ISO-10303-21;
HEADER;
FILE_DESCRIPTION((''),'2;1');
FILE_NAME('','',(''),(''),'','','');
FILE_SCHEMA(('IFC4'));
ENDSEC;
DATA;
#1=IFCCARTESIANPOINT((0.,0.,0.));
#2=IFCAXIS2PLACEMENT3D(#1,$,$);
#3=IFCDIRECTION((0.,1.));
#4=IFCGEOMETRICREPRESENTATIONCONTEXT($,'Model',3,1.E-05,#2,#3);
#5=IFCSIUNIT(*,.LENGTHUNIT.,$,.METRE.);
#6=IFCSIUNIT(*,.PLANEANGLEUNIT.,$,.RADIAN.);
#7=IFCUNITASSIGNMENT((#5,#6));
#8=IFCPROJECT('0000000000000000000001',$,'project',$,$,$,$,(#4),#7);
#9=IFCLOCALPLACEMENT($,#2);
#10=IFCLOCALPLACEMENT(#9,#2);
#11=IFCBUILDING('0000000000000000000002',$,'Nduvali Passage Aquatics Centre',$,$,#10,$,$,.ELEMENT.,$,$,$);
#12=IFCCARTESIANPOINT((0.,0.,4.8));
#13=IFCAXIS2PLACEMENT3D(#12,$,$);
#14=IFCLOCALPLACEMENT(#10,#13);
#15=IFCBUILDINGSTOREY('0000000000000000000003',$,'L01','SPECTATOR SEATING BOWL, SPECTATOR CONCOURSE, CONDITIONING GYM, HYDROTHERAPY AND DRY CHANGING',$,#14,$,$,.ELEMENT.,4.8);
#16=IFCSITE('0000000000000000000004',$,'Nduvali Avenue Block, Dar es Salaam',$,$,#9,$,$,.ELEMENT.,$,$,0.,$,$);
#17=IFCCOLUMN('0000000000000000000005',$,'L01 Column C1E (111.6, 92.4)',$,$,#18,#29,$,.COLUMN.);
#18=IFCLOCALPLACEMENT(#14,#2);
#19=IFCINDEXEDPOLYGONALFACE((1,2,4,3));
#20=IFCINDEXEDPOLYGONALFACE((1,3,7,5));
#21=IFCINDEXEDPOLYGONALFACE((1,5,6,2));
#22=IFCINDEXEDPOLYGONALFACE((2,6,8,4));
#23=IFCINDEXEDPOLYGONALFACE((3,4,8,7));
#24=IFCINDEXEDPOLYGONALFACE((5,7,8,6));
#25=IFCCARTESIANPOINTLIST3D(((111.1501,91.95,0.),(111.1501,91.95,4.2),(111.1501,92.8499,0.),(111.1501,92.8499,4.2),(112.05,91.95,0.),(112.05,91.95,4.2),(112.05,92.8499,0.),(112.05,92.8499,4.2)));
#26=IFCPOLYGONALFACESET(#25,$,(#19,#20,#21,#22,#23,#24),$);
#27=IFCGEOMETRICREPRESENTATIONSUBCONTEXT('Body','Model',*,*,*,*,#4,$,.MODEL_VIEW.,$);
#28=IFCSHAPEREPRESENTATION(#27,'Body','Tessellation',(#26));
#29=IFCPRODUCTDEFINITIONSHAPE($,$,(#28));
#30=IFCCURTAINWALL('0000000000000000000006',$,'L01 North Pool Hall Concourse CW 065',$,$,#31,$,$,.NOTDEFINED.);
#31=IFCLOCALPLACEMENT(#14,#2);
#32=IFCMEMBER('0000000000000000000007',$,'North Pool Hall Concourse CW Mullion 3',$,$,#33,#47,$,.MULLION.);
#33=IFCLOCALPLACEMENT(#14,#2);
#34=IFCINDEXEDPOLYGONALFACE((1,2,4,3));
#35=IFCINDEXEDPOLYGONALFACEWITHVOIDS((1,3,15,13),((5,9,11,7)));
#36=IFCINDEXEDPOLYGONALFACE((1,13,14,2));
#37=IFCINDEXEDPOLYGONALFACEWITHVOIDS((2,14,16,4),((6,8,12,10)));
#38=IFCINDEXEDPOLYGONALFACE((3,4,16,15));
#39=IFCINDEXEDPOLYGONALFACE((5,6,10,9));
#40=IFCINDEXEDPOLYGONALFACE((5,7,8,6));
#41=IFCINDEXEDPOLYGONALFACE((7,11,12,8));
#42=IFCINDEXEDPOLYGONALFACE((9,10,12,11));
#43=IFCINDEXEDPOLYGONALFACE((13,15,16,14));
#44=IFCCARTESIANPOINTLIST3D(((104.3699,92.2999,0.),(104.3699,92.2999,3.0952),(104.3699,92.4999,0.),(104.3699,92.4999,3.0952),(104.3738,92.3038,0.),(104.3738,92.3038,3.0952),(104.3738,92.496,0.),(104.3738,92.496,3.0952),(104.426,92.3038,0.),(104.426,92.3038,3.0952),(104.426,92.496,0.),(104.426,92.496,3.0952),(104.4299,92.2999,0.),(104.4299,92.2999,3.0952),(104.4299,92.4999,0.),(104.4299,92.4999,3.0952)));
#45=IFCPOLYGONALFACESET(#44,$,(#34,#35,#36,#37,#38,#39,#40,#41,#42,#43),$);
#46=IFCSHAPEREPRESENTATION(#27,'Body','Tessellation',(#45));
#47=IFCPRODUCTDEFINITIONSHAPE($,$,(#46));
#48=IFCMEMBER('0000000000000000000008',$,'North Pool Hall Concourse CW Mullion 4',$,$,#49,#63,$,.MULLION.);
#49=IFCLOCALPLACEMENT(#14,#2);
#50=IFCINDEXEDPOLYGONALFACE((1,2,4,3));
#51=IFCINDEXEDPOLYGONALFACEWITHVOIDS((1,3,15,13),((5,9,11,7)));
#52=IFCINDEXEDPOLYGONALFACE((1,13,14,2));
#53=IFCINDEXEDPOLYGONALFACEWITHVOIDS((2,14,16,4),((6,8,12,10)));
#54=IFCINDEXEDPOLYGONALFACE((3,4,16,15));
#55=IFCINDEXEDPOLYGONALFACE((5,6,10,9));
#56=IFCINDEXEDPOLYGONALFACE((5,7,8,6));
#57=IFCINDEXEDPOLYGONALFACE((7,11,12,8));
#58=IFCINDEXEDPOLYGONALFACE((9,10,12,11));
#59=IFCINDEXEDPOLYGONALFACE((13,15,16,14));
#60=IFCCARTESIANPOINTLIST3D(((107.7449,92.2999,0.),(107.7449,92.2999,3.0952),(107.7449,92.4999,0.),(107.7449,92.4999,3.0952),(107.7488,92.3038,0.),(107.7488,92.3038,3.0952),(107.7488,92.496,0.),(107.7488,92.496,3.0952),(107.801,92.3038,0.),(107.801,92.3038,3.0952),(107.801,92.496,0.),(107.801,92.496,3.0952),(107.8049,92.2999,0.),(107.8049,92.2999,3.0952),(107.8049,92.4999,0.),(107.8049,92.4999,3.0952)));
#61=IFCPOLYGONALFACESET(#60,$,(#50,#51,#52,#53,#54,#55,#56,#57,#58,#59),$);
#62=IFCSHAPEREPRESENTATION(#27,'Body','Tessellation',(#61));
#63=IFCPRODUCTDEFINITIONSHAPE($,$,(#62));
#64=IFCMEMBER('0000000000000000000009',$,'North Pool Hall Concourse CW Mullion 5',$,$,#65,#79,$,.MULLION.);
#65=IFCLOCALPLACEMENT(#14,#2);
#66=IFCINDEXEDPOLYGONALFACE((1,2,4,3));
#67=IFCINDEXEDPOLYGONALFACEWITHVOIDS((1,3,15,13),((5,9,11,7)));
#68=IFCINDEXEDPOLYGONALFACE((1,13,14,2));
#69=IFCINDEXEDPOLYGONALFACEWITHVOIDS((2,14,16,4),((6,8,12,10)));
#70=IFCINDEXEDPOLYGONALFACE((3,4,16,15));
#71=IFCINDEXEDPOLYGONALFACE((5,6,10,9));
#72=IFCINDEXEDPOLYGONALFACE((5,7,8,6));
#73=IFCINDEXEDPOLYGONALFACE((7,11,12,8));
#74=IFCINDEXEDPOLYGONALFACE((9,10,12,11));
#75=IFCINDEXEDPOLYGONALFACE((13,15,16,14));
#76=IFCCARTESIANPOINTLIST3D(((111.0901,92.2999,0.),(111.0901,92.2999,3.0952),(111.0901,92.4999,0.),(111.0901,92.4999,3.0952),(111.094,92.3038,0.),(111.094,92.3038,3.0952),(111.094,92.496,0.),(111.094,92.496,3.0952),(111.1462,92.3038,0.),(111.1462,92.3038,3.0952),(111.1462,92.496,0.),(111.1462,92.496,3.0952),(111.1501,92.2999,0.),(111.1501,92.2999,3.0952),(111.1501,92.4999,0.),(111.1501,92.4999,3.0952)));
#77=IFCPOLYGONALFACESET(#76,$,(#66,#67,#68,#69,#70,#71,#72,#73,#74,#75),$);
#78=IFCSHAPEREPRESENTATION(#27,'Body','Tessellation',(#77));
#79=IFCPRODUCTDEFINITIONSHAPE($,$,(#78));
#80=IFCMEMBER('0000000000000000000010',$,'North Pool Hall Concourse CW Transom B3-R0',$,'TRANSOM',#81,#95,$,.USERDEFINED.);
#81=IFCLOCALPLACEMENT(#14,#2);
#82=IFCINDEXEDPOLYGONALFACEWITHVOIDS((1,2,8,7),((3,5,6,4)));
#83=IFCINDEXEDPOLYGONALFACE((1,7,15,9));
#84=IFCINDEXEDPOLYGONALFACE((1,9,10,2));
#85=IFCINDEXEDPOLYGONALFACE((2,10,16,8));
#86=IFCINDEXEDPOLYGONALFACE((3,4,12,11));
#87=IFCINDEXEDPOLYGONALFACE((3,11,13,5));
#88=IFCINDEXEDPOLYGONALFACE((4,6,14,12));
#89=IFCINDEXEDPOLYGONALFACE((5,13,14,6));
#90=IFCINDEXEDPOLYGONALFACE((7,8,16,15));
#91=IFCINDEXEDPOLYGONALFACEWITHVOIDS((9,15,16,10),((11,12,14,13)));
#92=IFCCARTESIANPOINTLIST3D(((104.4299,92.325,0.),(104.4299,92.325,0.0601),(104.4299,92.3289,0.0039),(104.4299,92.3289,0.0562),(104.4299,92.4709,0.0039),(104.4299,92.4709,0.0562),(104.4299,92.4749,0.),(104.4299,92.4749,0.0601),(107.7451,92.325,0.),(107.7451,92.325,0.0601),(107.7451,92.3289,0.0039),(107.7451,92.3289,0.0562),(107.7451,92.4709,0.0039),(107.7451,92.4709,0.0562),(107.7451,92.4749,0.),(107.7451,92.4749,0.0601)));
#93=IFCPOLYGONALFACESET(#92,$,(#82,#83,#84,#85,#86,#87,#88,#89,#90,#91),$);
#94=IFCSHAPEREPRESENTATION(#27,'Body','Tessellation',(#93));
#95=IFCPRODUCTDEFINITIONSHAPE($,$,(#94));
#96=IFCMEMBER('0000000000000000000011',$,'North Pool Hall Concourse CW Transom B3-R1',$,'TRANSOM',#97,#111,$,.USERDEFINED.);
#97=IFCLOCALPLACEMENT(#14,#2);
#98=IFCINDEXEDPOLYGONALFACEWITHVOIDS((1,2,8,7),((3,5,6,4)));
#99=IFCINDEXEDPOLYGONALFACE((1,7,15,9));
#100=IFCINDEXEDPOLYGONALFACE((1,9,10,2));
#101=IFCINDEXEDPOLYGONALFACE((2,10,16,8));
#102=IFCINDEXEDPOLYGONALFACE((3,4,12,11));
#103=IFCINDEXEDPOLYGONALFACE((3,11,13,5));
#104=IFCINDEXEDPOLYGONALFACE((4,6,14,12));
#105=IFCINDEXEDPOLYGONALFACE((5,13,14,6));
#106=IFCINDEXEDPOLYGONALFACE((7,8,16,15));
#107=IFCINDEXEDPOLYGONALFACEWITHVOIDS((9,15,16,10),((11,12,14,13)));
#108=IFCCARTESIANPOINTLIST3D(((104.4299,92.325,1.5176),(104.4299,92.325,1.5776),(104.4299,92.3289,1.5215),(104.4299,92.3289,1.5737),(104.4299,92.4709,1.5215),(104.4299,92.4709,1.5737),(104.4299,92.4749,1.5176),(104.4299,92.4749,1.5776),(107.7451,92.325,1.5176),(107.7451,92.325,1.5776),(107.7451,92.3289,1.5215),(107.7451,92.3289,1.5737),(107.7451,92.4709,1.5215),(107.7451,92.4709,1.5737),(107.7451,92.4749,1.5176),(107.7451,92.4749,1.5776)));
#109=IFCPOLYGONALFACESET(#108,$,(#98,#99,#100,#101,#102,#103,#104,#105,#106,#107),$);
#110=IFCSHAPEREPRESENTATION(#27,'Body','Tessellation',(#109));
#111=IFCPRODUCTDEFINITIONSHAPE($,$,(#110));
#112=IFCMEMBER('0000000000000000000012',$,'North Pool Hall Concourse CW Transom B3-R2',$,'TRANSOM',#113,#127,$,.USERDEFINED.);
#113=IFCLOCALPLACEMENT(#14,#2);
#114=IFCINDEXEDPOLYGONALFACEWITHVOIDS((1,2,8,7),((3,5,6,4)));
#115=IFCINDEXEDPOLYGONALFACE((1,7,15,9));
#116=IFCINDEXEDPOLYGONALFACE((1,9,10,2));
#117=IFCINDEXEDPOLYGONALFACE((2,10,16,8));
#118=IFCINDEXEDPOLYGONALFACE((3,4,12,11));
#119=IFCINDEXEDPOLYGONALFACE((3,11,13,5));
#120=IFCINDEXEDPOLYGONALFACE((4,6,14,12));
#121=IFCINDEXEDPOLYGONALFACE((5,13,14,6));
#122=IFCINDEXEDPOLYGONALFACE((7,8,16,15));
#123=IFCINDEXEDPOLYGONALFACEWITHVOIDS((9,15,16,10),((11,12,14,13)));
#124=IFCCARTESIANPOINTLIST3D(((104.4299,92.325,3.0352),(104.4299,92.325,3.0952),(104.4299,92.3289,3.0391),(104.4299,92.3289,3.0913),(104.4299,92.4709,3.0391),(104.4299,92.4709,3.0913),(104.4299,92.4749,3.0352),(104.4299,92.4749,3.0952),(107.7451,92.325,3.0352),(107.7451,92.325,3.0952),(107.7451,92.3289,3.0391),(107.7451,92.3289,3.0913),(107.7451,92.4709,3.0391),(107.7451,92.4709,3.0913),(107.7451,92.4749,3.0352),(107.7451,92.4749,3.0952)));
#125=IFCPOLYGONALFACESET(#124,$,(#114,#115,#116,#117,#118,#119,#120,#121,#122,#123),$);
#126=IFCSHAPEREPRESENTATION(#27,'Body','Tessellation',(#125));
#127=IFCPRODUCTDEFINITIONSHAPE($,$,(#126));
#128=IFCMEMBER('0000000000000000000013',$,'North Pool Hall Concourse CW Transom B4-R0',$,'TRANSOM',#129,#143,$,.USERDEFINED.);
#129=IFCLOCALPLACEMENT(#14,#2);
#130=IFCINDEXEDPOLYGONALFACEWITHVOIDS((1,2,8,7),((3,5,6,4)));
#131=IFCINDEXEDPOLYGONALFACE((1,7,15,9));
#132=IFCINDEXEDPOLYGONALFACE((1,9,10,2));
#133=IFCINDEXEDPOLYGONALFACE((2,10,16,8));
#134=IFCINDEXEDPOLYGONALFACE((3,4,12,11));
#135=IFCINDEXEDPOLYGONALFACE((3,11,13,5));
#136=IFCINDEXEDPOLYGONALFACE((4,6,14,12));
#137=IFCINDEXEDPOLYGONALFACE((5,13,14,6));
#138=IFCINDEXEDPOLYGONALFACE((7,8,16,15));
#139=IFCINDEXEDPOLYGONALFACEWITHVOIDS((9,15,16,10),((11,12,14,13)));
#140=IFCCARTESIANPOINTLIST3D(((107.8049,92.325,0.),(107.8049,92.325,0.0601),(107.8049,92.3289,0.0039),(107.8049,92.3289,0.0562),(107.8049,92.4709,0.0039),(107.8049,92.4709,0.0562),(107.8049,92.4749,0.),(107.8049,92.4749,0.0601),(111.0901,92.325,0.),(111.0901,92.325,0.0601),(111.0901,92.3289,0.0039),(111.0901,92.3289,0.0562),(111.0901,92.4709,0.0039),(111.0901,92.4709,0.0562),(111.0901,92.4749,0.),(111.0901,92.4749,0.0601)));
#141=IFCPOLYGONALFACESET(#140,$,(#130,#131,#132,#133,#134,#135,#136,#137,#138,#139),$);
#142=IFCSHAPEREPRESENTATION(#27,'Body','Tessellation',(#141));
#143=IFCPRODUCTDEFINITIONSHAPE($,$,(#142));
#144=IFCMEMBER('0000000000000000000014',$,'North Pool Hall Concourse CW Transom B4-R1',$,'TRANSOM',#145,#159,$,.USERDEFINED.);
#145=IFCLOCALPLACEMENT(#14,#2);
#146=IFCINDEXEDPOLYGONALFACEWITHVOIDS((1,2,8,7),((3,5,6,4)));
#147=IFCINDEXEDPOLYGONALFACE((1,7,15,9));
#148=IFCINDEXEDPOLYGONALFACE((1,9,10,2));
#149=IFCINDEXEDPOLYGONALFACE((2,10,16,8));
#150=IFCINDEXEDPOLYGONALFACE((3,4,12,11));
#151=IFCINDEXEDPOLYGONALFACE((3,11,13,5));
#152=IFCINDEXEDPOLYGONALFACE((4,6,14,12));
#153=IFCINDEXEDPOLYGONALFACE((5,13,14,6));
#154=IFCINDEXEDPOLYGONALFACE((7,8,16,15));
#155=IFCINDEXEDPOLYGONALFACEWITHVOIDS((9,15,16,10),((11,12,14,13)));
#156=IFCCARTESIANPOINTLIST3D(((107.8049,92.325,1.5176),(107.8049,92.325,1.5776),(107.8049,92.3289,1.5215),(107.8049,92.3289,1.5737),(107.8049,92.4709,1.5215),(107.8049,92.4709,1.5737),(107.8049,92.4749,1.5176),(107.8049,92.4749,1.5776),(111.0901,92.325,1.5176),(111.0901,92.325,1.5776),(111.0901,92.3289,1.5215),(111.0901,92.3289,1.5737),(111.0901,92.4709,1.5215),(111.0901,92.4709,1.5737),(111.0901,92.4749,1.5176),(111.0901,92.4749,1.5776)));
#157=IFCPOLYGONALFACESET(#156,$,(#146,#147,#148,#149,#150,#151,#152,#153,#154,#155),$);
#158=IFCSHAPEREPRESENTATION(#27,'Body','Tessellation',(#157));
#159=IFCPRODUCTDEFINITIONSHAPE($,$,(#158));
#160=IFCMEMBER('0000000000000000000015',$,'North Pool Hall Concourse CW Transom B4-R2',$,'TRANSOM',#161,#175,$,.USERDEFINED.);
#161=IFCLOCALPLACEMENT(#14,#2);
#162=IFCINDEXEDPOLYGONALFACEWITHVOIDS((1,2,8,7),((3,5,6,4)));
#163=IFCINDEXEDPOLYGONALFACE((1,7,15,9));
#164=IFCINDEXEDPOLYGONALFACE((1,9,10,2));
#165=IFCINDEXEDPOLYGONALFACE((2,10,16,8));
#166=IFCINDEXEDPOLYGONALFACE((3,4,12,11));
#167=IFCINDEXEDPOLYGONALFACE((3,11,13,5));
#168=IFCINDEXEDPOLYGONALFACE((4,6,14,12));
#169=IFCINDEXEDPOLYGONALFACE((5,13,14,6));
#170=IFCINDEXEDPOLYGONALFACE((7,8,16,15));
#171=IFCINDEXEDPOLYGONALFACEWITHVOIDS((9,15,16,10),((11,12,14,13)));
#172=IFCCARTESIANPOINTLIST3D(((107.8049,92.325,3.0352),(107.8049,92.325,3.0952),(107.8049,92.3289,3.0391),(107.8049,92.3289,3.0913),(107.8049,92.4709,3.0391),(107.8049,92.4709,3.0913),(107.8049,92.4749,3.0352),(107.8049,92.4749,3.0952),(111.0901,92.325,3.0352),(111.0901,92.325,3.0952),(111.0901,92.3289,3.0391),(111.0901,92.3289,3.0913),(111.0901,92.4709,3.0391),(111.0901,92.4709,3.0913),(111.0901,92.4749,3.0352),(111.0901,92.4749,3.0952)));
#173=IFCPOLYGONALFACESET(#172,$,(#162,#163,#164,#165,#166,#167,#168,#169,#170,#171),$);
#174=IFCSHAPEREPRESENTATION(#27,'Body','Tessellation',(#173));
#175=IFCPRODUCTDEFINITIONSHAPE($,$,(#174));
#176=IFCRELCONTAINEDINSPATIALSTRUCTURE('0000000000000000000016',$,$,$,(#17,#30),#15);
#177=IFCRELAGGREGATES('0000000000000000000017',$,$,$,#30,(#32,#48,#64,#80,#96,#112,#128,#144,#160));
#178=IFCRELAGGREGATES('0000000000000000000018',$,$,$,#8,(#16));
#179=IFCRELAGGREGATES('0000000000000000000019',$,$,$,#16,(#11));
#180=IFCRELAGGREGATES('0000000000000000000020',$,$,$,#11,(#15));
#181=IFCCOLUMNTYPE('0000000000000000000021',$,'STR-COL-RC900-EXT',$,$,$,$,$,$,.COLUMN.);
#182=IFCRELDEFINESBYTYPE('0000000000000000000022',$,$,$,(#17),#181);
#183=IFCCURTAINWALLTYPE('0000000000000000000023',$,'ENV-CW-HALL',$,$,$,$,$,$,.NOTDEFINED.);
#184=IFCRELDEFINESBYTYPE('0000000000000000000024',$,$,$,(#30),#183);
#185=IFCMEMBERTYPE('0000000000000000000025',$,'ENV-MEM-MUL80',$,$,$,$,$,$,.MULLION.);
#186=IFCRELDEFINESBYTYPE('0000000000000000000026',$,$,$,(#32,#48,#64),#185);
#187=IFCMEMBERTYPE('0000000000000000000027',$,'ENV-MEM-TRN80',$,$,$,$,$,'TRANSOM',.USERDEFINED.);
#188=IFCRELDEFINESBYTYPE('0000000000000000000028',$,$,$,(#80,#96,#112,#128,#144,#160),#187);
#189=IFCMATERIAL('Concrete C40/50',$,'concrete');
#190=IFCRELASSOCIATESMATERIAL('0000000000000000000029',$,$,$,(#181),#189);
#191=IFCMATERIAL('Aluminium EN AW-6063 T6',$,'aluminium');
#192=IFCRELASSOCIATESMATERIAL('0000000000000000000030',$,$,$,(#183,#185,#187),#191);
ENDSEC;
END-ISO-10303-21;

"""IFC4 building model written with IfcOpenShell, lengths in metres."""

from ifc_helpers import new_model, si_unit, direction, frame, origin, origin_2d, place, context, subcontext, project, spatial, rectangle, hollow_rectangle, extrude, material, material_profile, profile_set, type_object, element, aggregate, save


model = new_model("IFC4")

# Units and contexts
model_context = context("Model", 3, precision=1e-05, world=origin(), true_north=direction((0.0, 1.0)))
body_context = subcontext(model_context, "Body", "Model", "MODEL_VIEW")
ifc_project = project(units=[si_unit("LENGTHUNIT", "METRE"), si_unit("PLANEANGLEUNIT", "RADIAN")], contexts=[model_context])

# Site, building, storey
site_placement = place(None, origin())
site = spatial("IfcSite", under=ifc_project, at=site_placement, Name="Nduvali Avenue Block, Dar es Salaam", CompositionType="ELEMENT", RefElevation=0.0)
building_placement = place(site_placement, origin())
building = spatial("IfcBuilding", under=site, at=building_placement, Name="Nduvali Passage Aquatics Centre", CompositionType="ELEMENT")
storey_placement = place(building_placement, frame((0.0, 0.0, 4.8)))
storey = spatial("IfcBuildingStorey", under=building, at=storey_placement, Name="L01", Description="SPECTATOR SEATING BOWL, SPECTATOR CONCOURSE, CONDITIONING GYM, HYDROTHERAPY AND DRY CHANGING", CompositionType="ELEMENT", Elevation=4.8)

# Column
ifc_material_1 = material(Name="Concrete C40/50", Category="concrete")
ifc_material_profile_1 = material_profile(ifc_material_1, rectangle(XDim=0.8999, YDim=0.8999, at=origin_2d()), Name="RC 900x900")
ifc_profile_set_1 = profile_set([ifc_material_profile_1], Name="Concrete C40/50")
column_type = type_object("IfcColumnType", Name="STR-COL-RC900-EXT", PredefinedType="COLUMN", material=ifc_profile_set_1)
column_placement = place(storey_placement, frame((111.6001, 92.3999, 0.0), z_axis=(0.0, 0.0, 1.0), x_axis=(1.0, 0.0, 0.0)))
element("IfcColumn", 1, at=column_placement, inside=storey, type_object=column_type, Name="L01 Column C1E (111.6, 92.4)", PredefinedType="COLUMN", context=body_context, shape_type="SweptSolid", body=[
    extrude(rectangle(XDim=0.8999, YDim=0.8999, at=origin_2d()), origin(), (0.0, 0.0, 1.0), 4.2),
])

# Curtain wall, members
ifc_material_2 = material(Name="Aluminium EN AW-6063 T6", Category="aluminium")
curtain_wall_type = type_object("IfcCurtainWallType", Name="ENV-CW-HALL", PredefinedType="NOTDEFINED", material=ifc_material_2)
curtain_wall_placement = place(storey_placement, origin())
curtain_wall = element("IfcCurtainWall", 2, at=curtain_wall_placement, inside=storey, type_object=curtain_wall_type, Name="L01 North Pool Hall Concourse CW 065", PredefinedType="NOTDEFINED")
ifc_material_profile_2 = material_profile(ifc_material_2, hollow_rectangle(XDim=0.0601, YDim=0.2, WallThickness=0.0039, at=origin_2d()), Name="ALU MULLION 60x200x4")
ifc_profile_set_2 = profile_set([ifc_material_profile_2], Name="Aluminium EN AW-6063 T6")
member_type_1 = type_object("IfcMemberType", Name="ENV-MEM-MUL80", PredefinedType="MULLION", material=ifc_profile_set_2)
member_1_placement = place(storey_placement, frame((104.3999, 92.3999, 0.0), z_axis=(0.0, 0.0, 1.0), x_axis=(1.0, 0.0, 0.0)))
member_1 = element("IfcMember", 3, at=member_1_placement, type_object=member_type_1, Name="North Pool Hall Concourse CW Mullion 3", PredefinedType="MULLION", context=body_context, shape_type="SweptSolid", body=[
    extrude(hollow_rectangle(XDim=0.0601, YDim=0.2, WallThickness=0.0039, at=origin_2d()), origin(), (0.0, 0.0, 1.0), 3.0952),
])
member_2_placement = place(storey_placement, frame((107.7749, 92.3999, 0.0), z_axis=(0.0, 0.0, 1.0), x_axis=(1.0, 0.0, 0.0)))
member_2 = element("IfcMember", 4, at=member_2_placement, type_object=member_type_1, Name="North Pool Hall Concourse CW Mullion 4", PredefinedType="MULLION", context=body_context, shape_type="SweptSolid", body=[
    extrude(hollow_rectangle(XDim=0.0601, YDim=0.2, WallThickness=0.0039, at=origin_2d()), origin(), (0.0, 0.0, 1.0), 3.0952),
])
member_3_placement = place(storey_placement, frame((111.1201, 92.3999, 0.0), z_axis=(0.0, 0.0, 1.0), x_axis=(1.0, 0.0, 0.0)))
member_3 = element("IfcMember", 5, at=member_3_placement, type_object=member_type_1, Name="North Pool Hall Concourse CW Mullion 5", PredefinedType="MULLION", context=body_context, shape_type="SweptSolid", body=[
    extrude(hollow_rectangle(XDim=0.0601, YDim=0.2, WallThickness=0.0039, at=origin_2d()), origin(), (0.0, 0.0, 1.0), 3.0952),
])
ifc_material_profile_3 = material_profile(ifc_material_2, hollow_rectangle(XDim=0.1499, YDim=0.0601, WallThickness=0.0039, at=origin_2d()), Name="ALU TRANSOM 150x60x4")
ifc_profile_set_3 = profile_set([ifc_material_profile_3], Name="Aluminium EN AW-6063 T6")
member_type_2 = type_object("IfcMemberType", Name="ENV-MEM-TRN80", ElementType="TRANSOM", PredefinedType="USERDEFINED", material=ifc_profile_set_3)
member_4_placement = place(storey_placement, frame((104.4299, 92.3999, 0.03), z_axis=(1.0, 0.0, 0.0), x_axis=(0.0, 1.0, 0.0)))
member_4 = element("IfcMember", 6, at=member_4_placement, type_object=member_type_2, Name="North Pool Hall Concourse CW Transom B3-R0", ObjectType="TRANSOM", PredefinedType="USERDEFINED", context=body_context, shape_type="SweptSolid", body=[
    extrude(hollow_rectangle(XDim=0.1499, YDim=0.0601, WallThickness=0.0039, at=origin_2d()), origin(), (0.0, 0.0, 1.0), 3.3152),
])
member_5_placement = place(storey_placement, frame((104.4299, 92.3999, 1.5476), z_axis=(1.0, 0.0, 0.0), x_axis=(0.0, 1.0, 0.0)))
member_5 = element("IfcMember", 7, at=member_5_placement, type_object=member_type_2, Name="North Pool Hall Concourse CW Transom B3-R1", ObjectType="TRANSOM", PredefinedType="USERDEFINED", context=body_context, shape_type="SweptSolid", body=[
    extrude(hollow_rectangle(XDim=0.1499, YDim=0.0601, WallThickness=0.0039, at=origin_2d()), origin(), (0.0, 0.0, 1.0), 3.3152),
])
member_6_placement = place(storey_placement, frame((104.4299, 92.3999, 3.0652), z_axis=(1.0, 0.0, 0.0), x_axis=(0.0, 1.0, 0.0)))
member_6 = element("IfcMember", 8, at=member_6_placement, type_object=member_type_2, Name="North Pool Hall Concourse CW Transom B3-R2", ObjectType="TRANSOM", PredefinedType="USERDEFINED", context=body_context, shape_type="SweptSolid", body=[
    extrude(hollow_rectangle(XDim=0.1499, YDim=0.0601, WallThickness=0.0039, at=origin_2d()), origin(), (0.0, 0.0, 1.0), 3.3152),
])
member_7_placement = place(storey_placement, frame((107.8049, 92.3999, 0.03), z_axis=(1.0, 0.0, 0.0), x_axis=(0.0, 1.0, 0.0)))
member_7 = element("IfcMember", 9, at=member_7_placement, type_object=member_type_2, Name="North Pool Hall Concourse CW Transom B4-R0", ObjectType="TRANSOM", PredefinedType="USERDEFINED", context=body_context, shape_type="SweptSolid", body=[
    extrude(hollow_rectangle(XDim=0.1499, YDim=0.0601, WallThickness=0.0039, at=origin_2d()), origin(), (0.0, 0.0, 1.0), 3.2852),
])
member_8_placement = place(storey_placement, frame((107.8049, 92.3999, 1.5476), z_axis=(1.0, 0.0, 0.0), x_axis=(0.0, 1.0, 0.0)))
member_8 = element("IfcMember", 10, at=member_8_placement, type_object=member_type_2, Name="North Pool Hall Concourse CW Transom B4-R1", ObjectType="TRANSOM", PredefinedType="USERDEFINED", context=body_context, shape_type="SweptSolid", body=[
    extrude(hollow_rectangle(XDim=0.1499, YDim=0.0601, WallThickness=0.0039, at=origin_2d()), origin(), (0.0, 0.0, 1.0), 3.2852),
])
member_9_placement = place(storey_placement, frame((107.8049, 92.3999, 3.0652), z_axis=(1.0, 0.0, 0.0), x_axis=(0.0, 1.0, 0.0)))
member_9 = element("IfcMember", 11, at=member_9_placement, type_object=member_type_2, Name="North Pool Hall Concourse CW Transom B4-R2", ObjectType="TRANSOM", PredefinedType="USERDEFINED", context=body_context, shape_type="SweptSolid", body=[
    extrude(hollow_rectangle(XDim=0.1499, YDim=0.0601, WallThickness=0.0039, at=origin_2d()), origin(), (0.0, 0.0, 1.0), 3.2852),
])

aggregate(curtain_wall, [member_1, member_2, member_3, member_4, member_5, member_6, member_7, member_8, member_9])

save(model, "model.ifc")
